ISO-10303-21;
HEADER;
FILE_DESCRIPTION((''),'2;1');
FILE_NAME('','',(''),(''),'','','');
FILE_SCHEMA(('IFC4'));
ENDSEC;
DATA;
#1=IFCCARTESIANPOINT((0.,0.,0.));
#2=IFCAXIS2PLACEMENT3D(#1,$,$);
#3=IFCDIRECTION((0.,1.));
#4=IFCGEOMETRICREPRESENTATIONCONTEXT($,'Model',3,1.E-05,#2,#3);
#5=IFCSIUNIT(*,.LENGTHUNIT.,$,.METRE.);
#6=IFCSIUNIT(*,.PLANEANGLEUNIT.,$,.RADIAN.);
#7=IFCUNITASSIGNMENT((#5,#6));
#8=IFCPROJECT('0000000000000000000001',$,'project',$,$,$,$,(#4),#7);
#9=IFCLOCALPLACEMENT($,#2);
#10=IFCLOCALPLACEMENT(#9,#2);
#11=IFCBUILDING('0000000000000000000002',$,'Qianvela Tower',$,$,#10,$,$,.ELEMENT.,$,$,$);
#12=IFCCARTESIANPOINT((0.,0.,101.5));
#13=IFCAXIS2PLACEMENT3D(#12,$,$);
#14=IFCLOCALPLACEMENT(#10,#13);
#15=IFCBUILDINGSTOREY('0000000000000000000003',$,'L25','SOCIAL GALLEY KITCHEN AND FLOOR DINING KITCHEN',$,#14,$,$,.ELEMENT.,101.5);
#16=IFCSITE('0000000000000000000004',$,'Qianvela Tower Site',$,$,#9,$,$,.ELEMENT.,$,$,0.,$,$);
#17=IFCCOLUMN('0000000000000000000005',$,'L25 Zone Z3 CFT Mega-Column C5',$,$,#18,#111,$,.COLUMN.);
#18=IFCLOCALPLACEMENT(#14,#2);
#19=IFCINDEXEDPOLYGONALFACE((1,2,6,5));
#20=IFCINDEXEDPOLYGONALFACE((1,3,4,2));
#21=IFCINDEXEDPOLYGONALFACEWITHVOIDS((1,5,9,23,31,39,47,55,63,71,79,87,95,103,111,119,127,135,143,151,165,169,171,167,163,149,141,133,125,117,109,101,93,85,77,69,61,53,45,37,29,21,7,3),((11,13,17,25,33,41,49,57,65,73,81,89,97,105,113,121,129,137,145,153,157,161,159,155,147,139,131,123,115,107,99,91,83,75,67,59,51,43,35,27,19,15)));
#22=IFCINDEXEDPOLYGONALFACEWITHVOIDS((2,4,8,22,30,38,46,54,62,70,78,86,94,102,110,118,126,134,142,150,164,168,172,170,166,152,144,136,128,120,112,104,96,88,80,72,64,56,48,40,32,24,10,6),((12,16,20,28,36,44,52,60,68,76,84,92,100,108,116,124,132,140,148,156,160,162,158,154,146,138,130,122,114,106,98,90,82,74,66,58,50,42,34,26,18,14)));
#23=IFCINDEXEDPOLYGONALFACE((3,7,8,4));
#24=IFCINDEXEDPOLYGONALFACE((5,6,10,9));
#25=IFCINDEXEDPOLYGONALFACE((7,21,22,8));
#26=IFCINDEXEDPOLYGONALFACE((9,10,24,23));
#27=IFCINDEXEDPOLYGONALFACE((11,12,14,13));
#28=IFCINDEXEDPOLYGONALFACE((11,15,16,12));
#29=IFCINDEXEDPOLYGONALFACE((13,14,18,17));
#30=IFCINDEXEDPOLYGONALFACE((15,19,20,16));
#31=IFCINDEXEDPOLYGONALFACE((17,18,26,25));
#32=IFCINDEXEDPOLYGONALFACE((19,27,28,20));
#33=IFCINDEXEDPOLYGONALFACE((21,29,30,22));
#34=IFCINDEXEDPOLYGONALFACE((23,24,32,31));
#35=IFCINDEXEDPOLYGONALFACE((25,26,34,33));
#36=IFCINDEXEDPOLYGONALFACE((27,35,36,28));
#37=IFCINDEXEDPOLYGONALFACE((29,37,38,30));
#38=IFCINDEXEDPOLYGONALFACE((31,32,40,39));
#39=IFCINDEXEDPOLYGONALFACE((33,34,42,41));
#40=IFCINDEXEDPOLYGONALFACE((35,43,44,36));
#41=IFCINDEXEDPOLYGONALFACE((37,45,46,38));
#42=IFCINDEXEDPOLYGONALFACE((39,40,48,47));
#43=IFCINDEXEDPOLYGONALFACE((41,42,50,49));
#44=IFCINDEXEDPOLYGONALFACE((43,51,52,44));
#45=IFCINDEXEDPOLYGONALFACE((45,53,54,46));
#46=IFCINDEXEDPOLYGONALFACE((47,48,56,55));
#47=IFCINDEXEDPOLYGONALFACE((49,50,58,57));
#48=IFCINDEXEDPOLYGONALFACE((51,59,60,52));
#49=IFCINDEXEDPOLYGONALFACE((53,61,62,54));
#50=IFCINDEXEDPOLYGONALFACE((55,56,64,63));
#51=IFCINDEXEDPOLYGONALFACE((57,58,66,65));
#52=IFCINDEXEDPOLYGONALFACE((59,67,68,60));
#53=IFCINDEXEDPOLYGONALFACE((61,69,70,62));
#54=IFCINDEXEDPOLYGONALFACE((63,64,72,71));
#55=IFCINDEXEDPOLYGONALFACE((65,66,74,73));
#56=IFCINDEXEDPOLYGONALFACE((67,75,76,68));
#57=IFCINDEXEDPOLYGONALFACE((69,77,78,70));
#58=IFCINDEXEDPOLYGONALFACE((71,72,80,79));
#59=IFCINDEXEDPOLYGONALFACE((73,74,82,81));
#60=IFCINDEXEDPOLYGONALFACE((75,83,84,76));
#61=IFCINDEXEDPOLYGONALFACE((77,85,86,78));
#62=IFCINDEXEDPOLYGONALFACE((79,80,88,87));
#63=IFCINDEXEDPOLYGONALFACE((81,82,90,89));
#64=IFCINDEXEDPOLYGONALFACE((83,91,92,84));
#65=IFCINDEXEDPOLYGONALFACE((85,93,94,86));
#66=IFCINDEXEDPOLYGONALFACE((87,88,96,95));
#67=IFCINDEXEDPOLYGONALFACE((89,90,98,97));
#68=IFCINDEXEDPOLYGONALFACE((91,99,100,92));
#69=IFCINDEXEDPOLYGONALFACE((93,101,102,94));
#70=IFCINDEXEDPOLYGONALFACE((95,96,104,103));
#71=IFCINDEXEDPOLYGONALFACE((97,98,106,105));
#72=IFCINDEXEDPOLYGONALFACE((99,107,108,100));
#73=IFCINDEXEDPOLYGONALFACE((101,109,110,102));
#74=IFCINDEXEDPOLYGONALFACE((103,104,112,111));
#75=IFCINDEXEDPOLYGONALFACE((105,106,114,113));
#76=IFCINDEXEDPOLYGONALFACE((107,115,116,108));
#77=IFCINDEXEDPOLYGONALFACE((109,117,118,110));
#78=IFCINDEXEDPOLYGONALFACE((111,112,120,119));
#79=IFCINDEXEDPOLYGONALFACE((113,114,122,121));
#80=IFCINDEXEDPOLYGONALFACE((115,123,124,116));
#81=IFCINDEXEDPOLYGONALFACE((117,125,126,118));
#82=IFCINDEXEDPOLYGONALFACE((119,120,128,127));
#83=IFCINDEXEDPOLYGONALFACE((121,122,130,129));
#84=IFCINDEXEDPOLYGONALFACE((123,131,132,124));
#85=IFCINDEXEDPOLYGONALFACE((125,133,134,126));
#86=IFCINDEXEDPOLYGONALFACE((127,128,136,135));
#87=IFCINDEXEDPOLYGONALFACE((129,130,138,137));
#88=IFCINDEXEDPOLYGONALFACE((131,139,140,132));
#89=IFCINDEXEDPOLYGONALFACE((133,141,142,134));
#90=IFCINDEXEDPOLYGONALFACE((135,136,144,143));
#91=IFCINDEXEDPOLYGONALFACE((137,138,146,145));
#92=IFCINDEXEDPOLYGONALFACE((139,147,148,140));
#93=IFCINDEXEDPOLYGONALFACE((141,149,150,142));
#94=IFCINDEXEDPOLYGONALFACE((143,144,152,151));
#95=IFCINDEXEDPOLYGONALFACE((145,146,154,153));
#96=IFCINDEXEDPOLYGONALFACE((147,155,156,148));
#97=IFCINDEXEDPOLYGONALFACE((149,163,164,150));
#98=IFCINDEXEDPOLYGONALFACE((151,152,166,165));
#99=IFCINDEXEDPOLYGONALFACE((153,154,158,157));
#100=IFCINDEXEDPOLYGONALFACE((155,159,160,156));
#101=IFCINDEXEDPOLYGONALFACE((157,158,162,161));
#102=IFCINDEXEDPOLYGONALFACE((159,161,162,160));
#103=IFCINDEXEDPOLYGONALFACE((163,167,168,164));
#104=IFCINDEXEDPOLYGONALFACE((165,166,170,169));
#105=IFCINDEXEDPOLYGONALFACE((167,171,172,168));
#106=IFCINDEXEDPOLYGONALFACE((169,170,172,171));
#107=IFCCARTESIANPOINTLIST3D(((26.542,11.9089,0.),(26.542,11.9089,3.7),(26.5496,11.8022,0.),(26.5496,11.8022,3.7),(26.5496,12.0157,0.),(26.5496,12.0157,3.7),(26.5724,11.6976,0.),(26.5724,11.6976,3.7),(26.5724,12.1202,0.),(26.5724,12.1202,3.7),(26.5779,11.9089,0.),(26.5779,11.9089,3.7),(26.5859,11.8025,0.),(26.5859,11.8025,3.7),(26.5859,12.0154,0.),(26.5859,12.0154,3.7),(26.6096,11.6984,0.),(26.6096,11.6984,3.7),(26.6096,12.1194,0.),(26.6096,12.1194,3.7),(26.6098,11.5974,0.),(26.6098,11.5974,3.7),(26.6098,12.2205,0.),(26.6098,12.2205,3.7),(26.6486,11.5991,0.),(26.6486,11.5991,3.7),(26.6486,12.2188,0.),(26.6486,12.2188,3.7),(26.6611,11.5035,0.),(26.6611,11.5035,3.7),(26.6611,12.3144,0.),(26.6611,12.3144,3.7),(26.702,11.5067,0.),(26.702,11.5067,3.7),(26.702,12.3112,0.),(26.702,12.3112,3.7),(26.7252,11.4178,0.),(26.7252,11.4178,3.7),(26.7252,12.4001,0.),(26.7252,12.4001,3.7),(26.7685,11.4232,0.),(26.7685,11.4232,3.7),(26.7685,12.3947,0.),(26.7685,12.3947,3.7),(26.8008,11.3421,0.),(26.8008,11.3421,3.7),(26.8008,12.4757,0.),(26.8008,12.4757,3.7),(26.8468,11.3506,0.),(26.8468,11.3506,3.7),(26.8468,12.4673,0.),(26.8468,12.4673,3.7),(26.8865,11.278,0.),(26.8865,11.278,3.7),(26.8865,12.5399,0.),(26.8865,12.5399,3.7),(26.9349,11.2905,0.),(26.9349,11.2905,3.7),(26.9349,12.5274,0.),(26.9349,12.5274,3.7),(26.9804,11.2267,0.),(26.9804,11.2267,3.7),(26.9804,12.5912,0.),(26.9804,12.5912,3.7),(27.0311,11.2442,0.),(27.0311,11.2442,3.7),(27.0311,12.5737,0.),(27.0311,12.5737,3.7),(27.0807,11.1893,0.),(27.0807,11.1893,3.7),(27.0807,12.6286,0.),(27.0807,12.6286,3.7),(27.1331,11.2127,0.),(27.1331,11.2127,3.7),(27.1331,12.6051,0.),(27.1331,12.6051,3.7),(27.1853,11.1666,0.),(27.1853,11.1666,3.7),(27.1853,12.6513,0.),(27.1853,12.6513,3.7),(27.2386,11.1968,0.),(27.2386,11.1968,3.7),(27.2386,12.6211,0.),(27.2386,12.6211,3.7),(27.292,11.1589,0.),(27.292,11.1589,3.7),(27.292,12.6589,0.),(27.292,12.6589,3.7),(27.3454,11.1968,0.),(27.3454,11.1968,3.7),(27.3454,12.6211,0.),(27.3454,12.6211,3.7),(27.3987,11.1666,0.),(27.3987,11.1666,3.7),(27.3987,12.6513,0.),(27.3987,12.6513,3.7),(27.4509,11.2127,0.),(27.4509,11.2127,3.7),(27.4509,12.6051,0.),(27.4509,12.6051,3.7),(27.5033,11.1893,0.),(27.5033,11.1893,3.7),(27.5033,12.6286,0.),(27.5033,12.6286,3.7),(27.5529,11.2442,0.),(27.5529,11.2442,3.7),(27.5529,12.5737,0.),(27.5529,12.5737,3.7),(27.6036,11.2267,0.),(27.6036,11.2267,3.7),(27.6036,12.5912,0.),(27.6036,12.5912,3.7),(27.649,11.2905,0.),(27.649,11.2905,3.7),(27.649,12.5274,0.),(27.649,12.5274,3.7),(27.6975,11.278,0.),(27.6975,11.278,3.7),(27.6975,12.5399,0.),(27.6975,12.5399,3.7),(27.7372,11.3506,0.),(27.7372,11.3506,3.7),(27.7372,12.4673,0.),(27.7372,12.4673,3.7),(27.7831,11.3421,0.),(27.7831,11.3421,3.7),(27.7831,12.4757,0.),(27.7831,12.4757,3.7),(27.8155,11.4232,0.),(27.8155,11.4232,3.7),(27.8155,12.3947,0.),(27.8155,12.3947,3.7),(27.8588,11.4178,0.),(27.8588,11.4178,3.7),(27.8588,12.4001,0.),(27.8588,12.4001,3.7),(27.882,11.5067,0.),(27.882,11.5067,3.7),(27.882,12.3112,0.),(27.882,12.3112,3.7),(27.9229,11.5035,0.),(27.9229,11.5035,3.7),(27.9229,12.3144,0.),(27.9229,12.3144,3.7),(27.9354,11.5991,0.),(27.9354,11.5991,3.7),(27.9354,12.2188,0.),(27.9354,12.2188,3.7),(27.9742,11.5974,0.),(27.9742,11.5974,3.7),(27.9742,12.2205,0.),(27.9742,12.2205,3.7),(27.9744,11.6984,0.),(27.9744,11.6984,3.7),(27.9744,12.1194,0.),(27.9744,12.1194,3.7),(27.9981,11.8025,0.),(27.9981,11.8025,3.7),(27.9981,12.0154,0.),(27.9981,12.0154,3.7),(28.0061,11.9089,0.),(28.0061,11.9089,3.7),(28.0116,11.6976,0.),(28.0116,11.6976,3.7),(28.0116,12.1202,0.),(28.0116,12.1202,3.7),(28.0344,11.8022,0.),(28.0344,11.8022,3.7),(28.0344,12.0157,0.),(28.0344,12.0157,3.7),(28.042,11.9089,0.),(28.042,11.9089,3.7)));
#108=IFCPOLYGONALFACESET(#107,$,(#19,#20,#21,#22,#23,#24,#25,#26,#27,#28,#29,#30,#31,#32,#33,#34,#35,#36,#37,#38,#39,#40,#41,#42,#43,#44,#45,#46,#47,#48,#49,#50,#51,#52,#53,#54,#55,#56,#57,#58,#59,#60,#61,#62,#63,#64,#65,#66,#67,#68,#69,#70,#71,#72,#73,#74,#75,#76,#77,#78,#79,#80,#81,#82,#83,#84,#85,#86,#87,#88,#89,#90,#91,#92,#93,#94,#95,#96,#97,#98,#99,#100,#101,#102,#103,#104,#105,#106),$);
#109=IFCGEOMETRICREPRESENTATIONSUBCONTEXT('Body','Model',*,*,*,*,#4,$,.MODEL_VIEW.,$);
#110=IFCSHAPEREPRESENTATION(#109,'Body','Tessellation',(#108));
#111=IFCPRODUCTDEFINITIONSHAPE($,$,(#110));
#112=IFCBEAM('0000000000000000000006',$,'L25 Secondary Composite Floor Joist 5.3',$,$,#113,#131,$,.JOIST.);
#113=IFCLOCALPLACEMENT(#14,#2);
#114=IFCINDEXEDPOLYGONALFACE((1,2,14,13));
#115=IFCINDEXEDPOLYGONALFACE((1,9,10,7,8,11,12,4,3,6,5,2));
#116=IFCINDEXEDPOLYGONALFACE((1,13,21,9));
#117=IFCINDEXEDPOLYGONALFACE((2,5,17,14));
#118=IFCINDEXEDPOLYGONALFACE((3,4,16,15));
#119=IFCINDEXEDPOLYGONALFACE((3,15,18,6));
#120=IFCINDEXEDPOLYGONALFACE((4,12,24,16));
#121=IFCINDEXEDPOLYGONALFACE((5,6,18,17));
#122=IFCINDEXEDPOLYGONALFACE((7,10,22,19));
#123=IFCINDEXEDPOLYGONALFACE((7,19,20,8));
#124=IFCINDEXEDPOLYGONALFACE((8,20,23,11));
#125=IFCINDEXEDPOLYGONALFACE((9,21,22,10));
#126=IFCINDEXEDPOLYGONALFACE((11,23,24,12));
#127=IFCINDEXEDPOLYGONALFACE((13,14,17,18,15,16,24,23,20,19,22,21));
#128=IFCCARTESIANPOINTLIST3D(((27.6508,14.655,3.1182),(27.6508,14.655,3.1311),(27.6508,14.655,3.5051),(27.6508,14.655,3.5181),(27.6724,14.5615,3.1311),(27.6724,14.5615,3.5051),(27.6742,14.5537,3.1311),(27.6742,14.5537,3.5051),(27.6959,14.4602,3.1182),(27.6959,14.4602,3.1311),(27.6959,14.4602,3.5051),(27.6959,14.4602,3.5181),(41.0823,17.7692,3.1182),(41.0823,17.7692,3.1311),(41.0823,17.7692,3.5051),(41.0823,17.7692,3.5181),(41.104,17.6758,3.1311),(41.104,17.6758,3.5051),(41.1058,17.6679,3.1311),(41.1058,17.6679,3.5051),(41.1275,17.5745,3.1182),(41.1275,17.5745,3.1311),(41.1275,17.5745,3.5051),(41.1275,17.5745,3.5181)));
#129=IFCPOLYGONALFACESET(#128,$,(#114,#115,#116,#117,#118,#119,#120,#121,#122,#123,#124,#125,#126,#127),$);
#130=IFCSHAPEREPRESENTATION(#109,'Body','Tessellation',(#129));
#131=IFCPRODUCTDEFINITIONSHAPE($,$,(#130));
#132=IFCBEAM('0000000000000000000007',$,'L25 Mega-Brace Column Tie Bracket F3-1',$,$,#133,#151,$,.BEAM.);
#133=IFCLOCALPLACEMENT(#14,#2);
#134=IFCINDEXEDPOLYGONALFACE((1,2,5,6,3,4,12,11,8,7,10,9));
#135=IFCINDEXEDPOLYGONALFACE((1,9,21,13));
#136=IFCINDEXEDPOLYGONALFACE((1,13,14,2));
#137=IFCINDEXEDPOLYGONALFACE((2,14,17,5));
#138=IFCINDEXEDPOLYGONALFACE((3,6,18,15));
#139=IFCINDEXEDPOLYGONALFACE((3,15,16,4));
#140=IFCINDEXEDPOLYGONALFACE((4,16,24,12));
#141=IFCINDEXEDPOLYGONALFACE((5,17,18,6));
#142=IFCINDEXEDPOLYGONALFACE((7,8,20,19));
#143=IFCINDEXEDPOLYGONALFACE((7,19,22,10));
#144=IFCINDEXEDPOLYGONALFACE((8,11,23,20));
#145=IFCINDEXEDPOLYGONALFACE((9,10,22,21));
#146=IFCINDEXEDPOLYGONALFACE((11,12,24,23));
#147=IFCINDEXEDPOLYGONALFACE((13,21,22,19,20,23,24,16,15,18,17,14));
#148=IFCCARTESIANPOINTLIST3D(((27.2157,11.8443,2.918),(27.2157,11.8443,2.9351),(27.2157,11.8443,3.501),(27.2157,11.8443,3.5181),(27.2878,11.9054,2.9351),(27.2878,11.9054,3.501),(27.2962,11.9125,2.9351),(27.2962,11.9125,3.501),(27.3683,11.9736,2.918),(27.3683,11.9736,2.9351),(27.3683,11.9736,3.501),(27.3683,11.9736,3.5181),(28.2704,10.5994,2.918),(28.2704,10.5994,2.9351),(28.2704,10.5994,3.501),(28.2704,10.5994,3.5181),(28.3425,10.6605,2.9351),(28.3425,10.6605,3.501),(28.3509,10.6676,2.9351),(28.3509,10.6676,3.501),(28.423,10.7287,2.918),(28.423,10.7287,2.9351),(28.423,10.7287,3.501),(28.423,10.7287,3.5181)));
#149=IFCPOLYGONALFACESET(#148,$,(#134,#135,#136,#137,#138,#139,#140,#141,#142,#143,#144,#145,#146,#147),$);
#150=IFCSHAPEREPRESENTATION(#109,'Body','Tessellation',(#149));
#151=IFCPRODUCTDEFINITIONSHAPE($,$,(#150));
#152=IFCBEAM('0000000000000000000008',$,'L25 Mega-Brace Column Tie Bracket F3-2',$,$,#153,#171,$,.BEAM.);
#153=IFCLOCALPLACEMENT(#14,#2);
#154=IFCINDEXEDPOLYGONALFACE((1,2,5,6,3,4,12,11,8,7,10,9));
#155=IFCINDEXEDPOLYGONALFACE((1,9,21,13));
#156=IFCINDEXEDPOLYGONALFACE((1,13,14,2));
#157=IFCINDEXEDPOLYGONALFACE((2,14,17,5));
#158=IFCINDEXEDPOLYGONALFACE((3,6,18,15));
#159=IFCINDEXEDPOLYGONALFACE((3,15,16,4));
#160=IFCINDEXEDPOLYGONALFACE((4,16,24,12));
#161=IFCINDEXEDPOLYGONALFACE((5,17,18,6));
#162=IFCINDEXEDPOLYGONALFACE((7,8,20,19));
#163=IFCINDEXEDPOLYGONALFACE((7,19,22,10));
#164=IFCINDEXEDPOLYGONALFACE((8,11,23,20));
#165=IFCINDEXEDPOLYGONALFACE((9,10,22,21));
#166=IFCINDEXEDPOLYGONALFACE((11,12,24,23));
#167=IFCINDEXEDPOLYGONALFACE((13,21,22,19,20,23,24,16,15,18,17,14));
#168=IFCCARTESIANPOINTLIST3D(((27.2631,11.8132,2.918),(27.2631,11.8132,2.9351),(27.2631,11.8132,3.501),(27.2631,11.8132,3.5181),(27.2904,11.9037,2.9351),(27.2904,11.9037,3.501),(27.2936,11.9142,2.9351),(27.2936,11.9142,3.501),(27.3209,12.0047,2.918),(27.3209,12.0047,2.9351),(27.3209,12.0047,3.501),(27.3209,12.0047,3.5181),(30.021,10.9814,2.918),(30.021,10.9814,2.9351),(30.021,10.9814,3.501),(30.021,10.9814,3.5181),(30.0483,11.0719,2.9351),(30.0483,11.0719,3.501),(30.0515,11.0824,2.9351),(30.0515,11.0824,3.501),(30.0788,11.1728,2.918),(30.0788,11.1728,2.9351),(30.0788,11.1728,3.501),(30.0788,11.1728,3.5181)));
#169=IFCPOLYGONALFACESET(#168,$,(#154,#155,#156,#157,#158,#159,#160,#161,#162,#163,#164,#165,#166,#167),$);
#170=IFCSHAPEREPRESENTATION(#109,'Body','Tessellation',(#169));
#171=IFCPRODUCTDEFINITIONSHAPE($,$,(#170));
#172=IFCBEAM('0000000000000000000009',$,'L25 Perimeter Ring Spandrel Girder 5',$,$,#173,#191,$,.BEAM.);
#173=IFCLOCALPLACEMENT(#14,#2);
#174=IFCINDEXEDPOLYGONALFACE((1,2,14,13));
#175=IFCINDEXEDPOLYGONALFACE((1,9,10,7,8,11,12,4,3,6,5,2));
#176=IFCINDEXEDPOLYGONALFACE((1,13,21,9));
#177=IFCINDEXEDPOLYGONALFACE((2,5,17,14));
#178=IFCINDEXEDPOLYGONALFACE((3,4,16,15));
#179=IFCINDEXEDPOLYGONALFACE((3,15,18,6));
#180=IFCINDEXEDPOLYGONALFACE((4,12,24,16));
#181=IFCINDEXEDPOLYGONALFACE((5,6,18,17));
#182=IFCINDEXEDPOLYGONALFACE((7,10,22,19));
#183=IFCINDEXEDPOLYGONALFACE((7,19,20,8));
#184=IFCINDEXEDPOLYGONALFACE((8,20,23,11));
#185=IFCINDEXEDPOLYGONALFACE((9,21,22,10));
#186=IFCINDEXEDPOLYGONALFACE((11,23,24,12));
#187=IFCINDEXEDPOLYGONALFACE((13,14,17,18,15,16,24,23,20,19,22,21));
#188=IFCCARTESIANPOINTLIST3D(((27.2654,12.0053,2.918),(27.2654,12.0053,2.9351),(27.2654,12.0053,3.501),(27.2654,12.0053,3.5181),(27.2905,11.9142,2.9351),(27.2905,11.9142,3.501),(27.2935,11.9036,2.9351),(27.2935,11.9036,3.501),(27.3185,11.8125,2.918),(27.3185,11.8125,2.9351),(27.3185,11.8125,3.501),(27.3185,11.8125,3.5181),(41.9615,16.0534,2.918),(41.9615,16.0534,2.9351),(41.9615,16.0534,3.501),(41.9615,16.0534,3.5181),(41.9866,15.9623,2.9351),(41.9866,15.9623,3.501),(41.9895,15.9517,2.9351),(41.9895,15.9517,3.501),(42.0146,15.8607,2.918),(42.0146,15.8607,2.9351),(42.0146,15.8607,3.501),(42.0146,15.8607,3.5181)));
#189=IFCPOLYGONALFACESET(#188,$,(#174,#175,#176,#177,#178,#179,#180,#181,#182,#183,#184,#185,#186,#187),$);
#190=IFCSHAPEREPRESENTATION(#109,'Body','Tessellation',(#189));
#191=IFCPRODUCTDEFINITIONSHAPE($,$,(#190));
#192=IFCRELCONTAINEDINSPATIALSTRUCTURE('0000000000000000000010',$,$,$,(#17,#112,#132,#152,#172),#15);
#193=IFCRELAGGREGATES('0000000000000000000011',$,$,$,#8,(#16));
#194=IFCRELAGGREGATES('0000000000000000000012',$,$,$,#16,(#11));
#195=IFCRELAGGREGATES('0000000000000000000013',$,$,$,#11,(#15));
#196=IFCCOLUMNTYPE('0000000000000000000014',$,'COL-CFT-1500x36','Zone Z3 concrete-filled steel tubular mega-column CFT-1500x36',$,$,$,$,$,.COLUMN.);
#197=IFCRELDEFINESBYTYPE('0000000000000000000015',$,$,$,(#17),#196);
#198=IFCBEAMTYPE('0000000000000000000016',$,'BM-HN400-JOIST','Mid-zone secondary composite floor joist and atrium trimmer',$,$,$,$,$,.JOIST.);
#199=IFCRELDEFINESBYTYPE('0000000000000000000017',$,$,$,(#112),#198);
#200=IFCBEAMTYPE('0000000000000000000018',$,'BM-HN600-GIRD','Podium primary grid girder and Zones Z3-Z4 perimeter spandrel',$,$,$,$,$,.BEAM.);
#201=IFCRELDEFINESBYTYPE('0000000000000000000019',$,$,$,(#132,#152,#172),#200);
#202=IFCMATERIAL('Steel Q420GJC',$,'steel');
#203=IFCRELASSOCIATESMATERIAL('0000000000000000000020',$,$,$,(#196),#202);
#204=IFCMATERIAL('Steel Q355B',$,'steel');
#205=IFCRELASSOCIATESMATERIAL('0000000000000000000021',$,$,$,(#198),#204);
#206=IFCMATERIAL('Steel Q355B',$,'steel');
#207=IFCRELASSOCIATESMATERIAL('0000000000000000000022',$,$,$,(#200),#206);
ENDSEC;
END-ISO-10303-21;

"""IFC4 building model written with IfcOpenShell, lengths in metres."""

from ifc_helpers import new_model, si_unit, direction, frame, origin, origin_2d, place, context, subcontext, project, spatial, hollow_circle, i_section, extrude, material, material_profile, profile_set, type_object, element, save


model = new_model("IFC4")

# Units and contexts
model_context = context("Model", 3, precision=1e-05, world=origin(), true_north=direction((0.0, 1.0)))
body_context = subcontext(model_context, "Body", "Model", "MODEL_VIEW")
ifc_project = project(units=[si_unit("LENGTHUNIT", "METRE"), si_unit("PLANEANGLEUNIT", "RADIAN")], contexts=[model_context])

# Site, building, storey
site_placement = place(None, origin())
site = spatial("IfcSite", under=ifc_project, at=site_placement, Name="Qianvela Tower Site", CompositionType="ELEMENT", RefElevation=0.0)
building_placement = place(site_placement, origin())
building = spatial("IfcBuilding", under=site, at=building_placement, Name="Qianvela Tower", CompositionType="ELEMENT")
storey_placement = place(building_placement, frame((0.0, 0.0, 101.5)))
storey = spatial("IfcBuildingStorey", under=building, at=storey_placement, Name="L25", Description="SOCIAL GALLEY KITCHEN AND FLOOR DINING KITCHEN", CompositionType="ELEMENT", Elevation=101.5)

# Column
ifc_material_1 = material(Name="Steel Q420GJC", Category="steel")
ifc_material_profile_1 = material_profile(ifc_material_1, hollow_circle(Radius=0.75, WallThickness=0.0359, at=origin_2d()), Name="CFT-1500x36")
ifc_profile_set_1 = profile_set([ifc_material_profile_1], Name="Steel Q420GJC")
column_type = type_object("IfcColumnType", Name="COL-CFT-1500x36", Description="Zone Z3 concrete-filled steel tubular mega-column CFT-1500x36", PredefinedType="COLUMN", material=ifc_profile_set_1)
column_placement = place(storey_placement, frame((27.292, 11.9089, 0.0), z_axis=(0.0, 0.0, 1.0), x_axis=(1.0, 0.0, 0.0)))
element("IfcColumn", 1, at=column_placement, inside=storey, type_object=column_type, Name="L25 Zone Z3 CFT Mega-Column C5", PredefinedType="COLUMN", context=body_context, shape_type="SweptSolid", body=[
    extrude(hollow_circle(Radius=0.75, WallThickness=0.0359, at=origin_2d()), origin(), (0.0, 0.0, 1.0), 3.7),
])

# Beams
ifc_material_2 = material(Name="Steel Q355B", Category="steel")
ifc_material_profile_2 = material_profile(ifc_material_2, i_section(OverallWidth=0.2, OverallDepth=0.3999, WebThickness=0.0081, FlangeThickness=0.0129, at=origin_2d()), Name="HN400x200x8x13")
ifc_profile_set_2 = profile_set([ifc_material_profile_2], Name="Steel Q355B")
beam_type_1 = type_object("IfcBeamType", Name="BM-HN400-JOIST", Description="Mid-zone secondary composite floor joist and atrium trimmer", PredefinedType="JOIST", material=ifc_profile_set_2)
beam_1_placement = place(storey_placement, frame((27.6733, 14.5576, 3.3181), z_axis=(0.974158, 0.225868, 0.0), x_axis=(-0.225868, 0.974158, 0.0)))
element("IfcBeam", 2, at=beam_1_placement, inside=storey, type_object=beam_type_1, Name="L25 Secondary Composite Floor Joist 5.3", PredefinedType="JOIST", context=body_context, shape_type="SweptSolid", body=[
    extrude(i_section(OverallWidth=0.2, OverallDepth=0.3999, WebThickness=0.0081, FlangeThickness=0.0129, at=origin_2d()), origin(), (0.0, 0.0, 1.0), 13.7878),
])
ifc_material_3 = material(Name="Steel Q355B", Category="steel")
ifc_material_profile_3 = material_profile(ifc_material_3, i_section(OverallWidth=0.2, OverallDepth=0.6001, WebThickness=0.011, FlangeThickness=0.0171, at=origin_2d()), Name="HN600x200x11x17")
ifc_profile_set_3 = profile_set([ifc_material_profile_3], Name="Steel Q355B")
beam_type_2 = type_object("IfcBeamType", Name="BM-HN600-GIRD", Description="Podium primary grid girder and Zones Z3-Z4 perimeter spandrel", PredefinedType="BEAM", material=ifc_profile_set_3)
beam_2_placement = place(storey_placement, frame((27.292, 11.9089, 3.218), z_axis=(0.646418, -0.762983, 0.0), x_axis=(0.762983, 0.646418, 0.0)))
element("IfcBeam", 3, at=beam_2_placement, inside=storey, type_object=beam_type_2, Name="L25 Mega-Brace Column Tie Bracket F3-1", PredefinedType="BEAM", context=body_context, shape_type="SweptSolid", body=[
    extrude(i_section(OverallWidth=0.2, OverallDepth=0.6001, WebThickness=0.011, FlangeThickness=0.0171, at=origin_2d()), origin(), (0.0, 0.0, 1.0), 1.6316),
])
beam_3_placement = place(storey_placement, frame((27.292, 11.9089, 3.218), z_axis=(0.957401, -0.288763, 0.0), x_axis=(0.288763, 0.957401, 0.0)))
element("IfcBeam", 4, at=beam_3_placement, inside=storey, type_object=beam_type_2, Name="L25 Mega-Brace Column Tie Bracket F3-2", PredefinedType="BEAM", context=body_context, shape_type="SweptSolid", body=[
    extrude(i_section(OverallWidth=0.2, OverallDepth=0.6001, WebThickness=0.011, FlangeThickness=0.0171, at=origin_2d()), origin(), (0.0, 0.0, 1.0), 2.8806),
])
beam_4_placement = place(storey_placement, frame((27.292, 11.9089, 3.218), z_axis=(0.964093, 0.265564, 0.0), x_axis=(-0.265564, 0.964093, 0.0)))
element("IfcBeam", 5, at=beam_4_placement, inside=storey, type_object=beam_type_2, Name="L25 Perimeter Ring Spandrel Girder 5", PredefinedType="BEAM", context=body_context, shape_type="SweptSolid", body=[
    extrude(i_section(OverallWidth=0.2, OverallDepth=0.6001, WebThickness=0.011, FlangeThickness=0.0171, at=origin_2d()), origin(), (0.0, 0.0, 1.0), 15.2434),
])

save(model, "model.ifc")
